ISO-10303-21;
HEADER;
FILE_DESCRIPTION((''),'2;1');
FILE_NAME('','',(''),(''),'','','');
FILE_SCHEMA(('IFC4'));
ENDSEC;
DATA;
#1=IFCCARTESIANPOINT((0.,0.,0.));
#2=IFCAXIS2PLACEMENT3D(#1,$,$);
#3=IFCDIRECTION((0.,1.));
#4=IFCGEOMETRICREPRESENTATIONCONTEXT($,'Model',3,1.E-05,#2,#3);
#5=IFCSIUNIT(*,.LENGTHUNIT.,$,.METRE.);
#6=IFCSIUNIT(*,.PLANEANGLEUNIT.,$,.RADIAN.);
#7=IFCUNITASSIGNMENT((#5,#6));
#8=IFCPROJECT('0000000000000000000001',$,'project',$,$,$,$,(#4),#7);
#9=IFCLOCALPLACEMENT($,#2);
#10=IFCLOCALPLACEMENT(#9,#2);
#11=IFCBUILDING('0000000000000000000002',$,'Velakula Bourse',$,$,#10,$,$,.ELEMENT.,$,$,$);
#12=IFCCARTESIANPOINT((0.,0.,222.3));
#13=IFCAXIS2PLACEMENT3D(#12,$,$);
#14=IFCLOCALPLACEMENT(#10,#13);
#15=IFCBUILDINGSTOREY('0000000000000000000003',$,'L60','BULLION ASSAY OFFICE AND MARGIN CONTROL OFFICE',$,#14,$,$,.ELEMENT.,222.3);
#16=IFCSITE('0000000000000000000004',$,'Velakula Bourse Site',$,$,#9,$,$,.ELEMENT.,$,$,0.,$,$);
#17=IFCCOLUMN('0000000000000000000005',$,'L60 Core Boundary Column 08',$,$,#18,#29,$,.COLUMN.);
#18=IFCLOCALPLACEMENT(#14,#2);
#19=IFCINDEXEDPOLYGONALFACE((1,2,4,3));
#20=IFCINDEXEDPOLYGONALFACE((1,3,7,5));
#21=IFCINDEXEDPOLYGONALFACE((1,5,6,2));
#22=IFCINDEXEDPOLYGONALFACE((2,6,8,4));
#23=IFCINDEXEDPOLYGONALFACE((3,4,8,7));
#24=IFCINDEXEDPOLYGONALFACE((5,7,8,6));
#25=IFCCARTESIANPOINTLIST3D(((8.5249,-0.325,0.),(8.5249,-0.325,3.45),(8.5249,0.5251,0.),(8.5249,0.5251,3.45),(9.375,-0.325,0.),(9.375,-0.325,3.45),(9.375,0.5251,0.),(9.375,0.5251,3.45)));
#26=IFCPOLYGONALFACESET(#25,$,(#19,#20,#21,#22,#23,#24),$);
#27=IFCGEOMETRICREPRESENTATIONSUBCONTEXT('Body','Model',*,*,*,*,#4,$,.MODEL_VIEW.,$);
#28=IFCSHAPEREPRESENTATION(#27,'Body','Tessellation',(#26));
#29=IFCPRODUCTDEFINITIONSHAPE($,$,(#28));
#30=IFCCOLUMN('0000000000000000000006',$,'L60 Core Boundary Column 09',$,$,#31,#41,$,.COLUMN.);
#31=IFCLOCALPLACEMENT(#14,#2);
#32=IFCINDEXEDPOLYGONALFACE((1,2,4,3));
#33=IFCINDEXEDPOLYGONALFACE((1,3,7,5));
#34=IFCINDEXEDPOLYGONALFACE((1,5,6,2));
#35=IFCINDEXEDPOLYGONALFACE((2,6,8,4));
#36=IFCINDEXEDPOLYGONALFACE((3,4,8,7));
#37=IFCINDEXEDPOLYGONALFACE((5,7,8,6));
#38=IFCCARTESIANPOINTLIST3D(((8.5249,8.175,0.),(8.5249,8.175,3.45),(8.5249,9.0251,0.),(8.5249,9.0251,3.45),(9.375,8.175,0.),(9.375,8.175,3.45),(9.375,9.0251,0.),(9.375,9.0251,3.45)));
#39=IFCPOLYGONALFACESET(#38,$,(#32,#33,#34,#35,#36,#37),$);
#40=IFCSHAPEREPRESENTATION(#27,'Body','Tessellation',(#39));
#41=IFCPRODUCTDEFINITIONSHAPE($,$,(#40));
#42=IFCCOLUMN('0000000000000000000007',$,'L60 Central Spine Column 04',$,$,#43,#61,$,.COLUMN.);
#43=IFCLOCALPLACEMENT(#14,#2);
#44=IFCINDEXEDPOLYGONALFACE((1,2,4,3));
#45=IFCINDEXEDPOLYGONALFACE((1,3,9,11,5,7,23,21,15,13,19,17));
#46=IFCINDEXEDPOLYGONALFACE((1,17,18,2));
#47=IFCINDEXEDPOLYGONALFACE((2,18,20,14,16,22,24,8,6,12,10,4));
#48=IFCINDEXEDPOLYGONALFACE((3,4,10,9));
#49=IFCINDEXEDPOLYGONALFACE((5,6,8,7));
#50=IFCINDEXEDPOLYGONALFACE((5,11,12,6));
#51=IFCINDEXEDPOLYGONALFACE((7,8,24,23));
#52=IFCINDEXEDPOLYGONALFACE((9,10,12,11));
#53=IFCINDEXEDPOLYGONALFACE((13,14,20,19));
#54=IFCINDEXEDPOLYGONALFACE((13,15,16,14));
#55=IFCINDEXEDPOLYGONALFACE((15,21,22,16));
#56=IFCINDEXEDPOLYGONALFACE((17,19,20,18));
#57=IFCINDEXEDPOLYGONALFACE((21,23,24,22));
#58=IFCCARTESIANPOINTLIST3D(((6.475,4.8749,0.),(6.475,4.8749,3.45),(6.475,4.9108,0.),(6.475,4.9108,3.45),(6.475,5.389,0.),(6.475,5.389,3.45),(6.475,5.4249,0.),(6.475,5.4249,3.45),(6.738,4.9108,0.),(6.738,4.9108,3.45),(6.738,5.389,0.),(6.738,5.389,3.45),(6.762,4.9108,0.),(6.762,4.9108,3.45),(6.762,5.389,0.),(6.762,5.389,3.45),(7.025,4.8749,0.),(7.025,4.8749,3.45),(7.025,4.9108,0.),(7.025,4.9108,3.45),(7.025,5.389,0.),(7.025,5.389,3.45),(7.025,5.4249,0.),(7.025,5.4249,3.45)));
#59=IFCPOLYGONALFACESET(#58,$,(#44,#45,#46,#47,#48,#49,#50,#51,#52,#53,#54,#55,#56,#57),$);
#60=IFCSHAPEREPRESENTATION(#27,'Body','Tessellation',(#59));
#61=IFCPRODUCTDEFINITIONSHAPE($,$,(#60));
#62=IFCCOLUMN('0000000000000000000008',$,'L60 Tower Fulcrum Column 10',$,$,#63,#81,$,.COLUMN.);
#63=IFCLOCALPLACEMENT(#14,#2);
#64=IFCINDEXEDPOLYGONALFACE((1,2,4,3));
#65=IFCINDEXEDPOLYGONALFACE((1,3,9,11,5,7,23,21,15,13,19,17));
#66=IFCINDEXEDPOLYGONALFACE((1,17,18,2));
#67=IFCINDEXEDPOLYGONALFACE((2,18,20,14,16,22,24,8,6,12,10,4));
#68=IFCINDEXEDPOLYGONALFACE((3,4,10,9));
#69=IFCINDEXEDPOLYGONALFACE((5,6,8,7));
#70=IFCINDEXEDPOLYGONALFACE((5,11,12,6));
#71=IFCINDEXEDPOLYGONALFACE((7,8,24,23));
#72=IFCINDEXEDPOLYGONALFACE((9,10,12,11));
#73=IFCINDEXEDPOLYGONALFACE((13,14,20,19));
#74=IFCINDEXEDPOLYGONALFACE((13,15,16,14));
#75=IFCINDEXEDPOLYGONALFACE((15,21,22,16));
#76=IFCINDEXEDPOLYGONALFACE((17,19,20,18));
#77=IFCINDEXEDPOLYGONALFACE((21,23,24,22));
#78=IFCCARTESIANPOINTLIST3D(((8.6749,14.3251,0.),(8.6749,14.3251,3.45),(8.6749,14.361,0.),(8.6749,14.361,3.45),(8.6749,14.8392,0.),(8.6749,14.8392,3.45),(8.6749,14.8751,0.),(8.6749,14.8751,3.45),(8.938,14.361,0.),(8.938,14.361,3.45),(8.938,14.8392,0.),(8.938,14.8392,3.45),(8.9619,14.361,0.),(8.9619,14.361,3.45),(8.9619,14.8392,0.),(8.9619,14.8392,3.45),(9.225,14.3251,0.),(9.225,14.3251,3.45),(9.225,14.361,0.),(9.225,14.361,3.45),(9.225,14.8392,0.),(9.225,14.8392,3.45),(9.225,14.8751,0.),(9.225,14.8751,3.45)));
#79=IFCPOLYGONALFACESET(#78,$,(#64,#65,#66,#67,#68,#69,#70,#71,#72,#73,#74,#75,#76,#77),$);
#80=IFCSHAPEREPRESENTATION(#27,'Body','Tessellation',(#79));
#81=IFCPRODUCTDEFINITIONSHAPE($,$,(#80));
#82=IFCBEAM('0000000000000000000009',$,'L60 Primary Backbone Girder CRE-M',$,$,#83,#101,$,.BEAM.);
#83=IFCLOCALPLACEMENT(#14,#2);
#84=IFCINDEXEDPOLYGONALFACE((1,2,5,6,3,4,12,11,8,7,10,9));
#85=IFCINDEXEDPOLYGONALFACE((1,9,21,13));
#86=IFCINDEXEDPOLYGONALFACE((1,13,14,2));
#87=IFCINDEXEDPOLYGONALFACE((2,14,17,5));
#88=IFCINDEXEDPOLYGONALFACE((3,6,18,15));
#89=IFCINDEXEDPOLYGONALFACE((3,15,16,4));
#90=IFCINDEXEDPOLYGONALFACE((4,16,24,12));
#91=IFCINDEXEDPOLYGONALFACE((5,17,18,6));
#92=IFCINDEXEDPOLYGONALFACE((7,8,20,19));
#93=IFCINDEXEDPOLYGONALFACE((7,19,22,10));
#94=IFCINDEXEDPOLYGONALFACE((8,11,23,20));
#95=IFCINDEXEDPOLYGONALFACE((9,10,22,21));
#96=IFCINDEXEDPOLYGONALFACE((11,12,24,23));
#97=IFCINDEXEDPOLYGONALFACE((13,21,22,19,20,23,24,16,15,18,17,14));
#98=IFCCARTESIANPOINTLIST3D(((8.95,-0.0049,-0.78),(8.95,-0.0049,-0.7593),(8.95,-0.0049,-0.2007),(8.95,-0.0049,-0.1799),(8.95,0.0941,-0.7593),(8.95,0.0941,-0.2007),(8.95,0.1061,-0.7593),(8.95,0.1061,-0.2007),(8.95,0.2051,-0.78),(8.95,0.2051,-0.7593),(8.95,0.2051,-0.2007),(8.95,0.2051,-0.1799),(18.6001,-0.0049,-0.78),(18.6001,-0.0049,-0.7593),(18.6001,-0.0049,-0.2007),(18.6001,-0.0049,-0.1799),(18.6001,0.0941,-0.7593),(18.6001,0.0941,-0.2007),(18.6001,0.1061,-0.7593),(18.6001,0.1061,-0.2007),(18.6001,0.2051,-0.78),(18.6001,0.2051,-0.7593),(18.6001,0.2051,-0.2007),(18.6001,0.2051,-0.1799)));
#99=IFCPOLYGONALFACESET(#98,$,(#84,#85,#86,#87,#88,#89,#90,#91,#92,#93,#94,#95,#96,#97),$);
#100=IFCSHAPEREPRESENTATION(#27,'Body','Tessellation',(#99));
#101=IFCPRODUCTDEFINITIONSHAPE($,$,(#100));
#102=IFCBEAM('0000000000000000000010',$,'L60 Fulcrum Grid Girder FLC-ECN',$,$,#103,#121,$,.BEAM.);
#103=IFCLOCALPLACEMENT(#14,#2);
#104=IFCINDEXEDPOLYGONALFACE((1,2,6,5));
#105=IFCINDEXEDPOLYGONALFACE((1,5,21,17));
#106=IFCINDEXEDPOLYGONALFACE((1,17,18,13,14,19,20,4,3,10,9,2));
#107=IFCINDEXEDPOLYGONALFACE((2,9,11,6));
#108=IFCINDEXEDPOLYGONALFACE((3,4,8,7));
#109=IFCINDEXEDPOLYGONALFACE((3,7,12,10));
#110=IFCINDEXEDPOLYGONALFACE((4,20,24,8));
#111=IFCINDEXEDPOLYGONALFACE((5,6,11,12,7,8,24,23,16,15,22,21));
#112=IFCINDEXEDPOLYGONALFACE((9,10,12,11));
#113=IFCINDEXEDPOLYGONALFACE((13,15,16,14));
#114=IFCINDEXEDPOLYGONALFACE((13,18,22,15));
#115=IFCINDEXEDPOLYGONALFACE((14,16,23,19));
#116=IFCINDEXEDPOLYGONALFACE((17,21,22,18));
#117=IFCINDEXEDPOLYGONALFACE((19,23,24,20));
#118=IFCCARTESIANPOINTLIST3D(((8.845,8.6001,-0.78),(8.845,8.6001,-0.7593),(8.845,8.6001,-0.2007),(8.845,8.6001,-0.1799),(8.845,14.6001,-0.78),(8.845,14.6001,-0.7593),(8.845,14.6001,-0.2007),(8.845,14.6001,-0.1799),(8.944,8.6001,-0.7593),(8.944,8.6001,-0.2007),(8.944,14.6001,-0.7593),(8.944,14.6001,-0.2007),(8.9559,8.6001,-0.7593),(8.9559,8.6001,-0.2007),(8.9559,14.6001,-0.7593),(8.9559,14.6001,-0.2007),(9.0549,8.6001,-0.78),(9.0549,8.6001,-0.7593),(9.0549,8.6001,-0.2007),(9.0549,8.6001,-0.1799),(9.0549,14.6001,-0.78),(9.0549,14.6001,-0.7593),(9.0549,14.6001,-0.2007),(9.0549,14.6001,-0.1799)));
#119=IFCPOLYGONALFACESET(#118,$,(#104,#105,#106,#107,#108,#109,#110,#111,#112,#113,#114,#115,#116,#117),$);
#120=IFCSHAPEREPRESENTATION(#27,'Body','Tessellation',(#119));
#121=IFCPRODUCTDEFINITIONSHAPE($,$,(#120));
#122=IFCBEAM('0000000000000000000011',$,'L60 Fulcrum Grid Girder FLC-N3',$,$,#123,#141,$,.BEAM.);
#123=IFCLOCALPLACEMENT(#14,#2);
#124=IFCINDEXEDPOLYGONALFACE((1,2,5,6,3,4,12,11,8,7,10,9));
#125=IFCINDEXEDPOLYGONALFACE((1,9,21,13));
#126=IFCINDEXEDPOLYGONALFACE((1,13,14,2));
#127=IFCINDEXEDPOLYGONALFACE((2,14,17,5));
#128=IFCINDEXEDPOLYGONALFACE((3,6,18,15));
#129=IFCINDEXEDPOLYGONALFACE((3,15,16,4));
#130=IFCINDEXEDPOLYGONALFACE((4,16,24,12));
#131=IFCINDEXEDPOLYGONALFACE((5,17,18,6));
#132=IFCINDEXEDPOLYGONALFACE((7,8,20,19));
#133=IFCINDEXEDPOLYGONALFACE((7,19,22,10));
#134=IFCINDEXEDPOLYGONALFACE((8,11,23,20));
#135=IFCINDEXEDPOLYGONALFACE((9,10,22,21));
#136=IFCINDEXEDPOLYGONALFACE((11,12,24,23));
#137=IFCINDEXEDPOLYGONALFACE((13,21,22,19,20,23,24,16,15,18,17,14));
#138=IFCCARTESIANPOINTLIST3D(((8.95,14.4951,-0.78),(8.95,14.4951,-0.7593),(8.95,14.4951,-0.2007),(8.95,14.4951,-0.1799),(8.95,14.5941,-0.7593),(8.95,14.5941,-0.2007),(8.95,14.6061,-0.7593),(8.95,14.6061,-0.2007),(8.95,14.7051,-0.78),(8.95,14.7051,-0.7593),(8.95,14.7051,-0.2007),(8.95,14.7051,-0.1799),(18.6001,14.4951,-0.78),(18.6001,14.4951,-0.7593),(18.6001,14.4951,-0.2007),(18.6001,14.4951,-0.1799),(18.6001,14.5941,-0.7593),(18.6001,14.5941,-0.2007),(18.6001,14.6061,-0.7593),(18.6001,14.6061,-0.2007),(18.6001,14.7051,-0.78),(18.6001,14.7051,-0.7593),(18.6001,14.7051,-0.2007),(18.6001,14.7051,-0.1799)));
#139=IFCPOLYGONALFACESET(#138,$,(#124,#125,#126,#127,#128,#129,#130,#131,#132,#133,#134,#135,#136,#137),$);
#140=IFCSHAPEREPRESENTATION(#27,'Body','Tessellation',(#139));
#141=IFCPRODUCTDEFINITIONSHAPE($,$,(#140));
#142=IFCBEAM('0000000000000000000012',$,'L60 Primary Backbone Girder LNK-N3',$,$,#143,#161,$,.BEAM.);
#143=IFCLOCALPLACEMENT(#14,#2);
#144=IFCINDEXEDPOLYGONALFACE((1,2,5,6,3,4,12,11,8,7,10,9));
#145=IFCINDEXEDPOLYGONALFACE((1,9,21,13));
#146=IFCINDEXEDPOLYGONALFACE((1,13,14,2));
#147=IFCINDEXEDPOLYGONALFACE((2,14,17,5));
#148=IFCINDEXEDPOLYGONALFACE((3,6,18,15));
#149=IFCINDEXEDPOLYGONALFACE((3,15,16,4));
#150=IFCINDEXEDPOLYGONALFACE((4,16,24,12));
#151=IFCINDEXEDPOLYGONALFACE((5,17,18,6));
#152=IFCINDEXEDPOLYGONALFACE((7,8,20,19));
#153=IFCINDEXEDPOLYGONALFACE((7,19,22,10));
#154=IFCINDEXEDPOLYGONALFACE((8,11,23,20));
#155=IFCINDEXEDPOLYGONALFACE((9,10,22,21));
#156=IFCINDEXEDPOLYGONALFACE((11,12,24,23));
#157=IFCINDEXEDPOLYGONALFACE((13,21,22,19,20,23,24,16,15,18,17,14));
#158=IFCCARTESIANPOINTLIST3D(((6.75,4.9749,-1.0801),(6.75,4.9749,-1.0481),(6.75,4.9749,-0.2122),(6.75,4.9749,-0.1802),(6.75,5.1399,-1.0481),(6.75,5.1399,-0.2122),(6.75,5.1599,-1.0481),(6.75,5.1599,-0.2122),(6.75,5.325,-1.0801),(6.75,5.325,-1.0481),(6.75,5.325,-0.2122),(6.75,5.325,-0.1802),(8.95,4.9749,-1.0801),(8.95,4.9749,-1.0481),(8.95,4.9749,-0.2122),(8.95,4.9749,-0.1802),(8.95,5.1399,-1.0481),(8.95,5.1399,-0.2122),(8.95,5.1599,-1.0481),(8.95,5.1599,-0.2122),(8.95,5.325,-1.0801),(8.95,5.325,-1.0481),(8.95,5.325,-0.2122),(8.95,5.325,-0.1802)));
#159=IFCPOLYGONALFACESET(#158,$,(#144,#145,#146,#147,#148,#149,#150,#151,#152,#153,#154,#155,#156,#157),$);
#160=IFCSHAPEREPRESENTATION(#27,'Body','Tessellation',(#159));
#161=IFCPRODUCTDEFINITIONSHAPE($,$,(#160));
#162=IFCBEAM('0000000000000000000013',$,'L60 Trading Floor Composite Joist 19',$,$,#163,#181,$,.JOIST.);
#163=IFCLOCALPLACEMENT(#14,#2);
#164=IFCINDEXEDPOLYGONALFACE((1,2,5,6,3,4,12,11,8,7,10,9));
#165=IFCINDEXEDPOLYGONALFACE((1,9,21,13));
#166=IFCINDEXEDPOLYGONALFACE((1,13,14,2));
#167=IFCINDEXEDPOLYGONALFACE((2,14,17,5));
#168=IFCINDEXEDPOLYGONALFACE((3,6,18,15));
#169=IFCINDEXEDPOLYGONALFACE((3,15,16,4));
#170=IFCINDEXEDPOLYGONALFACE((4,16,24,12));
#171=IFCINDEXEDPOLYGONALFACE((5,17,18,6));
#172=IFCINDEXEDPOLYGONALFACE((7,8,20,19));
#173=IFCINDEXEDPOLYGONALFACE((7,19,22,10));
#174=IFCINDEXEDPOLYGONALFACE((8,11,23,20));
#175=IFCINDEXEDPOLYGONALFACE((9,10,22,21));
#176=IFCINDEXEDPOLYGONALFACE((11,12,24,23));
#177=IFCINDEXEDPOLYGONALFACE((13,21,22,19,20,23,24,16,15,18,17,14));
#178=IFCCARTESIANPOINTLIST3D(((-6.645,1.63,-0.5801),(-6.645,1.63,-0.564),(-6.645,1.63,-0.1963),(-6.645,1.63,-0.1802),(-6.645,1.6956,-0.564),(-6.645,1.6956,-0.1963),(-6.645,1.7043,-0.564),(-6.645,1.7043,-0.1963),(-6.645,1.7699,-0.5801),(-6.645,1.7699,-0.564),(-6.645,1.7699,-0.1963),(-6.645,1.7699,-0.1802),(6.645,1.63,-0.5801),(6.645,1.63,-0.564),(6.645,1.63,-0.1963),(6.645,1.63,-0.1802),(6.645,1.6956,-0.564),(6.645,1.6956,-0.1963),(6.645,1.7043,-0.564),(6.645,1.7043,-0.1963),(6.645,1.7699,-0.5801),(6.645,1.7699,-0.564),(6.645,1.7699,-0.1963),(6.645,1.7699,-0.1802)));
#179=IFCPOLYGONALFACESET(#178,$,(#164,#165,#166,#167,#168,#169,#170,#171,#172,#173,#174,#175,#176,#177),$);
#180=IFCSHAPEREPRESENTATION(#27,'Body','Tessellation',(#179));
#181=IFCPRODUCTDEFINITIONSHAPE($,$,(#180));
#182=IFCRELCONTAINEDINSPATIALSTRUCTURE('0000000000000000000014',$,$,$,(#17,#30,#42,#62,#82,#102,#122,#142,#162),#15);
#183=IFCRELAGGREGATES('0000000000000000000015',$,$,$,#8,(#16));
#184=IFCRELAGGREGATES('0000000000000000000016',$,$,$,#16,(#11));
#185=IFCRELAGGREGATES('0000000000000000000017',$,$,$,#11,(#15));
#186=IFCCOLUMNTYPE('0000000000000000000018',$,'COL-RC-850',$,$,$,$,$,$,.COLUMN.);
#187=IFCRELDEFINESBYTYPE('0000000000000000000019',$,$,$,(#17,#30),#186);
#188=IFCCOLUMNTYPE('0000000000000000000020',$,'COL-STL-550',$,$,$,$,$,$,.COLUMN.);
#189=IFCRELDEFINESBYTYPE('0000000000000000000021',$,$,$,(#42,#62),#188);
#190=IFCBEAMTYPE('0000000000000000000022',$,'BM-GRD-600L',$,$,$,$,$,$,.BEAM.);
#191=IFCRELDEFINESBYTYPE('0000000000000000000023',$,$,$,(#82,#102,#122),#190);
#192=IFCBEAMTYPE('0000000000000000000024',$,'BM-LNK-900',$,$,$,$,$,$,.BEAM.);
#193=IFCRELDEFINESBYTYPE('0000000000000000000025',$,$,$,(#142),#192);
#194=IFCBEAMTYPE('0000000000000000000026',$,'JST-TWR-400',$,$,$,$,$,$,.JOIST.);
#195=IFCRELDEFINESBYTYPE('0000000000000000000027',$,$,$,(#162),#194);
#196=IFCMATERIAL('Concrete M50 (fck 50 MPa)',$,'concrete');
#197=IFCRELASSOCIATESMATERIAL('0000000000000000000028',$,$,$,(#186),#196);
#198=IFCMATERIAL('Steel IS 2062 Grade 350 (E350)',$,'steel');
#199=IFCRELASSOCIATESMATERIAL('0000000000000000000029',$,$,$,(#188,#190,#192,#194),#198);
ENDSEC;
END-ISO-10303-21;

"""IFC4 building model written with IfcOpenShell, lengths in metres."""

from ifc_helpers import new_model, si_unit, direction, frame, origin, origin_2d, place, context, subcontext, project, spatial, rectangle, i_section, extrude, material, material_profile, profile_set, type_object, element, save


model = new_model("IFC4")

# Units and contexts
model_context = context("Model", 3, precision=1e-05, world=origin(), true_north=direction((0.0, 1.0)))
body_context = subcontext(model_context, "Body", "Model", "MODEL_VIEW")
ifc_project = project(units=[si_unit("LENGTHUNIT", "METRE"), si_unit("PLANEANGLEUNIT", "RADIAN")], contexts=[model_context])

# Site, building, storey
site_placement = place(None, origin())
site = spatial("IfcSite", under=ifc_project, at=site_placement, Name="Velakula Bourse Site", CompositionType="ELEMENT", RefElevation=0.0)
building_placement = place(site_placement, origin())
building = spatial("IfcBuilding", under=site, at=building_placement, Name="Velakula Bourse", CompositionType="ELEMENT")
storey_placement = place(building_placement, frame((0.0, 0.0, 222.3)))
storey = spatial("IfcBuildingStorey", under=building, at=storey_placement, Name="L60", Description="BULLION ASSAY OFFICE AND MARGIN CONTROL OFFICE", CompositionType="ELEMENT", Elevation=222.3)

# Columns
ifc_material_1 = material(Name="Concrete M50 (fck 50 MPa)", Category="concrete")
ifc_material_profile_1 = material_profile(ifc_material_1, rectangle(XDim=0.8501, YDim=0.8501, at=origin_2d()), Name="Concrete M50 (fck 50 MPa)")
ifc_profile_set_1 = profile_set([ifc_material_profile_1], Name="Concrete M50 (fck 50 MPa)")
column_type_1 = type_object("IfcColumnType", Name="COL-RC-850", PredefinedType="COLUMN", material=ifc_profile_set_1)
for number, where, z_axis, x_axis, name in (
    (1, (8.95, 0.1001, 0.0), (0.0, 0.0, 1.0), (1.0, 0.0, 0.0), "L60 Core Boundary Column 08"),
    (2, (8.95, 8.6001, 0.0), (0.0, 0.0, 1.0), (1.0, 0.0, 0.0), "L60 Core Boundary Column 09"),
):
    element("IfcColumn", number, at=place(storey_placement, frame(where, z_axis=z_axis, x_axis=x_axis)), inside=storey, type_object=column_type_1, Name=name, PredefinedType="COLUMN", context=body_context, shape_type="SweptSolid", body=[
        extrude(rectangle(XDim=0.8501, YDim=0.8501, at=origin_2d()), origin(), (0.0, 0.0, 1.0), 3.45),
    ])
ifc_material_2 = material(Name="Steel IS 2062 Grade 350 (E350)", Category="steel")
ifc_material_profile_2 = material_profile(ifc_material_2, i_section(OverallWidth=0.55, OverallDepth=0.55, WebThickness=0.0239, FlangeThickness=0.0359, at=origin_2d()), Name="Steel IS 2062 Grade 350 (E350)")
ifc_profile_set_2 = profile_set([ifc_material_profile_2], Name="Steel IS 2062 Grade 350 (E350)")
column_type_2 = type_object("IfcColumnType", Name="COL-STL-550", PredefinedType="COLUMN", material=ifc_profile_set_2)
for number, where, z_axis, x_axis, name in (
    (3, (6.75, 5.1499, 0.0), (0.0, 0.0, 1.0), (1.0, 0.0, 0.0), "L60 Central Spine Column 04"),
    (4, (8.95, 14.6001, 0.0), (0.0, 0.0, 1.0), (1.0, 0.0, 0.0), "L60 Tower Fulcrum Column 10"),
):
    element("IfcColumn", number, at=place(storey_placement, frame(where, z_axis=z_axis, x_axis=x_axis)), inside=storey, type_object=column_type_2, Name=name, PredefinedType="COLUMN", context=body_context, shape_type="SweptSolid", body=[
        extrude(i_section(OverallWidth=0.55, OverallDepth=0.55, WebThickness=0.0239, FlangeThickness=0.0359, at=origin_2d()), origin(), (0.0, 0.0, 1.0), 3.45),
    ])

# Beams
ifc_material_profile_3 = material_profile(ifc_material_2, i_section(OverallWidth=0.21, OverallDepth=0.6001, WebThickness=0.012, FlangeThickness=0.0208, at=origin_2d()), Name="Steel IS 2062 Grade 350 (E350)")
ifc_profile_set_3 = profile_set([ifc_material_profile_3], Name="Steel IS 2062 Grade 350 (E350)")
beam_type_1 = type_object("IfcBeamType", Name="BM-GRD-600L", PredefinedType="BEAM", material=ifc_profile_set_3)
beam_1_placement = place(storey_placement, frame((8.95, 0.1001, -0.48), z_axis=(1.0, 0.0, 0.0), x_axis=(0.0, 1.0, 0.0)))
element("IfcBeam", 5, at=beam_1_placement, inside=storey, type_object=beam_type_1, Name="L60 Primary Backbone Girder CRE-M", PredefinedType="BEAM", context=body_context, shape_type="SweptSolid", body=[
    extrude(i_section(OverallWidth=0.21, OverallDepth=0.6001, WebThickness=0.012, FlangeThickness=0.0208, at=origin_2d()), origin(), (0.0, 0.0, 1.0), 9.6501),
])
beam_2_placement = place(storey_placement, frame((8.95, 8.6001, -0.48), z_axis=(0.0, 1.0, 0.0), x_axis=(-1.0, 0.0, 0.0)))
element("IfcBeam", 6, at=beam_2_placement, inside=storey, type_object=beam_type_1, Name="L60 Fulcrum Grid Girder FLC-ECN", PredefinedType="BEAM", context=body_context, shape_type="SweptSolid", body=[
    extrude(i_section(OverallWidth=0.21, OverallDepth=0.6001, WebThickness=0.012, FlangeThickness=0.0208, at=origin_2d()), origin(), (0.0, 0.0, 1.0), 6.0),
])
beam_3_placement = place(storey_placement, frame((8.95, 14.6001, -0.48), z_axis=(1.0, 0.0, 0.0), x_axis=(0.0, 1.0, 0.0)))
element("IfcBeam", 7, at=beam_3_placement, inside=storey, type_object=beam_type_1, Name="L60 Fulcrum Grid Girder FLC-N3", PredefinedType="BEAM", context=body_context, shape_type="SweptSolid", body=[
    extrude(i_section(OverallWidth=0.21, OverallDepth=0.6001, WebThickness=0.012, FlangeThickness=0.0208, at=origin_2d()), origin(), (0.0, 0.0, 1.0), 9.6501),
])
ifc_material_profile_4 = material_profile(ifc_material_2, i_section(OverallWidth=0.3501, OverallDepth=0.8999, WebThickness=0.02, FlangeThickness=0.032, at=origin_2d()), Name="Steel IS 2062 Grade 350 (E350)")
ifc_profile_set_4 = profile_set([ifc_material_profile_4], Name="Steel IS 2062 Grade 350 (E350)")
beam_type_2 = type_object("IfcBeamType", Name="BM-LNK-900", PredefinedType="BEAM", material=ifc_profile_set_4)
beam_4_placement = place(storey_placement, frame((6.75, 5.1499, -0.6301), z_axis=(1.0, 0.0, 0.0), x_axis=(0.0, 1.0, 0.0)))
element("IfcBeam", 8, at=beam_4_placement, inside=storey, type_object=beam_type_2, Name="L60 Primary Backbone Girder LNK-N3", PredefinedType="BEAM", context=body_context, shape_type="SweptSolid", body=[
    extrude(i_section(OverallWidth=0.3501, OverallDepth=0.8999, WebThickness=0.02, FlangeThickness=0.032, at=origin_2d()), origin(), (0.0, 0.0, 1.0), 2.2),
])
ifc_material_profile_5 = material_profile(ifc_material_2, i_section(OverallWidth=0.1399, OverallDepth=0.3999, WebThickness=0.0088, FlangeThickness=0.0161, at=origin_2d()), Name="Steel IS 2062 Grade 350 (E350)")
ifc_profile_set_5 = profile_set([ifc_material_profile_5], Name="Steel IS 2062 Grade 350 (E350)")
beam_type_3 = type_object("IfcBeamType", Name="JST-TWR-400", PredefinedType="JOIST", material=ifc_profile_set_5)
beam_5_placement = place(storey_placement, frame((-6.645, 1.7, -0.3801), z_axis=(1.0, 0.0, 0.0), x_axis=(0.0, 1.0, 0.0)))
element("IfcBeam", 9, at=beam_5_placement, inside=storey, type_object=beam_type_3, Name="L60 Trading Floor Composite Joist 19", PredefinedType="JOIST", context=body_context, shape_type="SweptSolid", body=[
    extrude(i_section(OverallWidth=0.1399, OverallDepth=0.3999, WebThickness=0.0088, FlangeThickness=0.0161, at=origin_2d()), origin(), (0.0, 0.0, 1.0), 13.29),
])

save(model, "model.ifc")
